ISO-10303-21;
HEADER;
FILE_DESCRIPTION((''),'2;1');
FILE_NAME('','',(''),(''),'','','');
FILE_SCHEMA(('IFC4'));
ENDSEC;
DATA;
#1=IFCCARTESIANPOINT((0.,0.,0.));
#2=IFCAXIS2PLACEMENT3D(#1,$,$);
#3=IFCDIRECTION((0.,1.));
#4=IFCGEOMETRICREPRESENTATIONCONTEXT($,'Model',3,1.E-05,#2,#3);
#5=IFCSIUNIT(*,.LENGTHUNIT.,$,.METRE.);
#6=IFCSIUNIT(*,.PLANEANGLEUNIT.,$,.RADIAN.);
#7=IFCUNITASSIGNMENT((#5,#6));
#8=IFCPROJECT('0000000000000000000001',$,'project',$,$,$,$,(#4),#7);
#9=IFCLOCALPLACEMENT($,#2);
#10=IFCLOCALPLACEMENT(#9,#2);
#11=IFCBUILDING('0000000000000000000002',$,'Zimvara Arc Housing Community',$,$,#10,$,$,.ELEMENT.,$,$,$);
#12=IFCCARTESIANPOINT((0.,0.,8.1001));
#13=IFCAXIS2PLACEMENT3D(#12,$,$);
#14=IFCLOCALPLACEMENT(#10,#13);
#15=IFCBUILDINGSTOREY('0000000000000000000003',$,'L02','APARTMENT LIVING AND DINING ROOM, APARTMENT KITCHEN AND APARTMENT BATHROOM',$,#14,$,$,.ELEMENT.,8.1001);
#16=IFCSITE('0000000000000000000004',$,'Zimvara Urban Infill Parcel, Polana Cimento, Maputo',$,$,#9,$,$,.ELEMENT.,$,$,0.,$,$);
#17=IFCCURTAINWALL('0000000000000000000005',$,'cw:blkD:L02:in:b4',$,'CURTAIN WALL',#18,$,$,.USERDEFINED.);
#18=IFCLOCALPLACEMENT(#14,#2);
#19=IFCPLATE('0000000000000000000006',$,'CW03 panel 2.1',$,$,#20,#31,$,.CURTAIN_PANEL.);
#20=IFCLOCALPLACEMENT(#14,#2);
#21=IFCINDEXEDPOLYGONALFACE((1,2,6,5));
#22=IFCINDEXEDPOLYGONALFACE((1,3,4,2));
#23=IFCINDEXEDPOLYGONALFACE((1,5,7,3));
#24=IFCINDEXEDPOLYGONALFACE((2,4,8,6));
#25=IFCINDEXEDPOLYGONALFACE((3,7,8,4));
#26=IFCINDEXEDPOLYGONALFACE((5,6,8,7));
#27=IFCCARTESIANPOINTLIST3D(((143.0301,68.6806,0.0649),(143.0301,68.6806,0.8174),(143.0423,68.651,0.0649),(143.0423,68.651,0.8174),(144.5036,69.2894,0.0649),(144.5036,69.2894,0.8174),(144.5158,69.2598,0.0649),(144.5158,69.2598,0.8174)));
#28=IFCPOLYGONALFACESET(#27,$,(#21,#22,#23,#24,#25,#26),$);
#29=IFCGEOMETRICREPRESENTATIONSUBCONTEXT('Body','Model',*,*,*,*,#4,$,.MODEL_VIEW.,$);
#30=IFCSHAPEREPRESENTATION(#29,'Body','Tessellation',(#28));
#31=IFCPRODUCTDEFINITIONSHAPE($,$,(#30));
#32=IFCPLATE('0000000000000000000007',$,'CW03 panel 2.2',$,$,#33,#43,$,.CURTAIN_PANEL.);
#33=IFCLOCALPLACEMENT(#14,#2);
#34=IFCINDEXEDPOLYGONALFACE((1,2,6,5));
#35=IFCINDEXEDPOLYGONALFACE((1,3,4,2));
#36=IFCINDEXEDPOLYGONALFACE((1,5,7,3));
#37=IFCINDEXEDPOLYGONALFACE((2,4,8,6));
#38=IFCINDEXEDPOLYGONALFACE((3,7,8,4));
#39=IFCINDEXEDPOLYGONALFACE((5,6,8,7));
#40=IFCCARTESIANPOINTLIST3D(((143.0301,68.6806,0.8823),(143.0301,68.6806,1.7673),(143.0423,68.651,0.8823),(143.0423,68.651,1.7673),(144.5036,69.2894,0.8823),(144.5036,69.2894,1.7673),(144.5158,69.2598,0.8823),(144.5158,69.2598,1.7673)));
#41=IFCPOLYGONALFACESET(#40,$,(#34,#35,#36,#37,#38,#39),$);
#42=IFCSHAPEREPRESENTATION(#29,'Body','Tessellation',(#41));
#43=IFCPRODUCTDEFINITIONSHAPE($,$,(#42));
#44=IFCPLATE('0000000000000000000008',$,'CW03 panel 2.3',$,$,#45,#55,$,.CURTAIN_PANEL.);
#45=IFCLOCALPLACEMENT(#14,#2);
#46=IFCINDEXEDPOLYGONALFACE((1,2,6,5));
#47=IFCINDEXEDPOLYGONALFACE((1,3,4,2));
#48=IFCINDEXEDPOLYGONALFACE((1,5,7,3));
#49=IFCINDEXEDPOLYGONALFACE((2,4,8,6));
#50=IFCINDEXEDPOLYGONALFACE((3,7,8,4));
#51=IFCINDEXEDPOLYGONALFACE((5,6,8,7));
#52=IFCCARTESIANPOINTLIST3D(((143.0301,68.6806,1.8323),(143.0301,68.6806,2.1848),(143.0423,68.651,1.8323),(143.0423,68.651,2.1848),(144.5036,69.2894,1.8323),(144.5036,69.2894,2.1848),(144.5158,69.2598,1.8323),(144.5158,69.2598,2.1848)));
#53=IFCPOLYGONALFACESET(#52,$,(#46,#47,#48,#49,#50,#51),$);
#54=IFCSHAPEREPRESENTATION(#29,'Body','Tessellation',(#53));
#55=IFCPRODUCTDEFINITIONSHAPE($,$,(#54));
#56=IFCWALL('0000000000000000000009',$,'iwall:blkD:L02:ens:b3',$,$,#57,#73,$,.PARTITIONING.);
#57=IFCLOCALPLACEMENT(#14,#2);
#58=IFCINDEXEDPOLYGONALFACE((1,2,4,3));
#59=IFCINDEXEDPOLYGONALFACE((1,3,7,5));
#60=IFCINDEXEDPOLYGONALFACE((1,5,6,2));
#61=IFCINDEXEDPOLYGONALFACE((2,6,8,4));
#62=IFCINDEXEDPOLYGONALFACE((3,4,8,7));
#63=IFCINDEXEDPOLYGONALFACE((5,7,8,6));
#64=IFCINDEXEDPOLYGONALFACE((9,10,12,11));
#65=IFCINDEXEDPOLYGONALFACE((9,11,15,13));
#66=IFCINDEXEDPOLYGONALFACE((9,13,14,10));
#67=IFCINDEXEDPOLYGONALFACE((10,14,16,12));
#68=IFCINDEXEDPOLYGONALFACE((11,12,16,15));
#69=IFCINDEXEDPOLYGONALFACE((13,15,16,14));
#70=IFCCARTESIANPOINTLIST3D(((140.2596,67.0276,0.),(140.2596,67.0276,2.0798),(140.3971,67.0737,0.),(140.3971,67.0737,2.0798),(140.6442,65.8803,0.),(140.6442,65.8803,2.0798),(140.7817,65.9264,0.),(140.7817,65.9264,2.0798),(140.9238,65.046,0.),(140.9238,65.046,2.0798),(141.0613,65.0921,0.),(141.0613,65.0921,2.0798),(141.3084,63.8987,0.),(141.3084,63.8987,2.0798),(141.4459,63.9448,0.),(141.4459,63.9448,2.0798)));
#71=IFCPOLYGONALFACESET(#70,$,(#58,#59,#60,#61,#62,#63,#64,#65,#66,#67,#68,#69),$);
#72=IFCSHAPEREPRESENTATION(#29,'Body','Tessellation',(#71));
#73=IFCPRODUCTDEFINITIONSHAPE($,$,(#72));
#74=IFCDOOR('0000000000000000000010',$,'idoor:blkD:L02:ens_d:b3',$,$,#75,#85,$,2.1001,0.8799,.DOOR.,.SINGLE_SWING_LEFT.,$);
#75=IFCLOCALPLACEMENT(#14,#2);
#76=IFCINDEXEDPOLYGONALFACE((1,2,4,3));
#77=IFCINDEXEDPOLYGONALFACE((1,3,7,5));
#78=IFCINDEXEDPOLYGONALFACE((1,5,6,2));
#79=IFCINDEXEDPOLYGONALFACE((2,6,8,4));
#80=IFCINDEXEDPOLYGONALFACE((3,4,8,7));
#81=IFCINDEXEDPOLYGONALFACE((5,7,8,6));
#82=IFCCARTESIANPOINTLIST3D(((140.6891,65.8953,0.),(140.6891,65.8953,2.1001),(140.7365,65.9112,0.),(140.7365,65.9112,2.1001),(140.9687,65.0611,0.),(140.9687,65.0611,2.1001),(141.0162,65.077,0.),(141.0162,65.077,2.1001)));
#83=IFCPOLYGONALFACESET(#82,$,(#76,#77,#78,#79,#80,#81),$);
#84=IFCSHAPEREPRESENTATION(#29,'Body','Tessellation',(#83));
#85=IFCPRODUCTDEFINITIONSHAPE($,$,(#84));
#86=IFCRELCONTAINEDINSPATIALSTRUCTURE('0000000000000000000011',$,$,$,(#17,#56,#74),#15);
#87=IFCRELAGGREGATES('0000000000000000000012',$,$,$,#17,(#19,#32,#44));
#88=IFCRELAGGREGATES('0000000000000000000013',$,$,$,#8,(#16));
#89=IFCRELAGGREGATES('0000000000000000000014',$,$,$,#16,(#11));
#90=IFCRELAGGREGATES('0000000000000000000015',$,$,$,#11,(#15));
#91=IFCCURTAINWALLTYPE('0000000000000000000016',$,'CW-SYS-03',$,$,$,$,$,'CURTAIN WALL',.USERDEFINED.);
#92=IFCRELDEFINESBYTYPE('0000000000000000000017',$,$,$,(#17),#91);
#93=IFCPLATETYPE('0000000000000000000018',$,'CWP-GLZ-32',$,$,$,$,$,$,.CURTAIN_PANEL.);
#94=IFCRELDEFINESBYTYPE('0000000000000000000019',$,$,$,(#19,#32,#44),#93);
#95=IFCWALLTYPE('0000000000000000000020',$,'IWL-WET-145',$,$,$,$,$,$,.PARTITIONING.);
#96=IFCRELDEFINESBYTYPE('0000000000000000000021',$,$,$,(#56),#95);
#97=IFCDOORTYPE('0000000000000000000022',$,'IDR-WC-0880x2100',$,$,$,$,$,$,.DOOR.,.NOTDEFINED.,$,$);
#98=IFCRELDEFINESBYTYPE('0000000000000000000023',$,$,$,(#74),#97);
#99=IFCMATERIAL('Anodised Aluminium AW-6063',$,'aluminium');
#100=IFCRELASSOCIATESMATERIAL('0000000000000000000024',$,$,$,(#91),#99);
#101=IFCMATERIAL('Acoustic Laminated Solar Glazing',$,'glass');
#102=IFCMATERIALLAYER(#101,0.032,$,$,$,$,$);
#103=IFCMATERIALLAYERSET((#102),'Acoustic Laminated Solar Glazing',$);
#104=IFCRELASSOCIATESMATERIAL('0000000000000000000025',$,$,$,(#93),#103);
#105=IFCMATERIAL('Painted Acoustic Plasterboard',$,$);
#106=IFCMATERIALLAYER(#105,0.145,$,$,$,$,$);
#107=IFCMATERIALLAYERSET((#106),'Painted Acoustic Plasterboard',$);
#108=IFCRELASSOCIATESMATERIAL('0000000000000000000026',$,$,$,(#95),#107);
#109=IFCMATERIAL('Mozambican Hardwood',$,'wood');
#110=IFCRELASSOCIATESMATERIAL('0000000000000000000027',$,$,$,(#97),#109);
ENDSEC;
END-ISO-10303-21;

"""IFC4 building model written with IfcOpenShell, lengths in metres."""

from ifc_helpers import new_model, si_unit, direction, frame, frame_2d, origin, origin_2d, place, context, subcontext, project, spatial, rectangle, extrude, material, layer, layer_set, type_object, element, fill, aggregate, save


model = new_model("IFC4")

# Units and contexts
model_context = context("Model", 3, precision=1e-05, world=origin(), true_north=direction((0.0, 1.0)))
body_context = subcontext(model_context, "Body", "Model", "MODEL_VIEW")
ifc_project = project(units=[si_unit("LENGTHUNIT", "METRE"), si_unit("PLANEANGLEUNIT", "RADIAN")], contexts=[model_context])

# Site, building, storey
site_placement = place(None, origin())
site = spatial("IfcSite", under=ifc_project, at=site_placement, Name="Zimvara Urban Infill Parcel, Polana Cimento, Maputo", CompositionType="ELEMENT", RefElevation=0.0)
building_placement = place(site_placement, origin())
building = spatial("IfcBuilding", under=site, at=building_placement, Name="Zimvara Arc Housing Community", CompositionType="ELEMENT")
storey_placement = place(building_placement, frame((0.0, 0.0, 8.1001)))
storey = spatial("IfcBuildingStorey", under=building, at=storey_placement, Name="L02", Description="APARTMENT LIVING AND DINING ROOM, APARTMENT KITCHEN AND APARTMENT BATHROOM", CompositionType="ELEMENT", Elevation=8.1001)

# Curtain wall
ifc_material_1 = material(Name="Anodised Aluminium AW-6063", Category="aluminium")
curtain_wall_type_1 = type_object("IfcCurtainWallType", Name="CW-SYS-03", ElementType="CURTAIN WALL", PredefinedType="USERDEFINED", material=ifc_material_1)
curtain_wall_1_placement = place(storey_placement, origin())
curtain_wall_1 = element("IfcCurtainWall", 1, at=curtain_wall_1_placement, inside=storey, type_object=curtain_wall_type_1, Name="cw:blkD:L02:in:b4", ObjectType="CURTAIN WALL", PredefinedType="USERDEFINED")

# Plates
ifc_material_2 = material(Name="Acoustic Laminated Solar Glazing", Category="glass")
ifc_layer_1 = layer(ifc_material_2, 0.032)
ifc_layer_set_1 = layer_set([ifc_layer_1], Name="Acoustic Laminated Solar Glazing")
plate_type_1 = type_object("IfcPlateType", Name="CWP-GLZ-32", PredefinedType="CURTAIN_PANEL", material=ifc_layer_set_1)
plate_1_placement = place(storey_placement, frame((143.7729, 68.9702, 0.0649), z_axis=(0.0, 0.0, 1.0), x_axis=(0.924213, 0.381877, 0.0)))
plate_1 = element("IfcPlate", 2, at=plate_1_placement, type_object=plate_type_1, Name="CW03 panel 2.1", PredefinedType="CURTAIN_PANEL", context=body_context, shape_type="SweptSolid", body=[
    extrude(rectangle(XDim=1.5942, YDim=0.032, at=origin_2d()), origin(), (0.0, 0.0, 1.0), 0.7524),
])
plate_2_placement = place(storey_placement, frame((143.7729, 68.9702, 0.8823), z_axis=(0.0, 0.0, 1.0), x_axis=(0.924213, 0.381877, 0.0)))
plate_2 = element("IfcPlate", 3, at=plate_2_placement, type_object=plate_type_1, Name="CW03 panel 2.2", PredefinedType="CURTAIN_PANEL", context=body_context, shape_type="SweptSolid", body=[
    extrude(rectangle(XDim=1.5942, YDim=0.032, at=origin_2d()), origin(), (0.0, 0.0, 1.0), 0.885),
])
plate_3_placement = place(storey_placement, frame((143.7729, 68.9702, 1.8323), z_axis=(0.0, 0.0, 1.0), x_axis=(0.924213, 0.381877, 0.0)))
plate_3 = element("IfcPlate", 4, at=plate_3_placement, type_object=plate_type_1, Name="CW03 panel 2.3", PredefinedType="CURTAIN_PANEL", context=body_context, shape_type="SweptSolid", body=[
    extrude(rectangle(XDim=1.5942, YDim=0.032, at=origin_2d()), origin(), (0.0, 0.0, 1.0), 0.3525),
])
aggregate(curtain_wall_1, [plate_1, plate_2, plate_3])

# Wall, opening, door
ifc_material_3 = material(Name="Painted Acoustic Plasterboard")
ifc_layer_2 = layer(ifc_material_3, 0.145)
ifc_layer_set_2 = layer_set([ifc_layer_2], Name="Painted Acoustic Plasterboard")
wall_type = type_object("IfcWallType", Name="IWL-WET-145", PredefinedType="PARTITIONING", material=ifc_layer_set_2)
wall_placement = place(storey_placement, frame((140.3284, 67.0505, 0.0), z_axis=(0.0, 0.0, 1.0), x_axis=(0.317825, -0.948149, 0.0)))
wall = element("IfcWall", 5, at=wall_placement, inside=storey, type_object=wall_type, Name="iwall:blkD:L02:ens:b3", PredefinedType="PARTITIONING", context=body_context, shape_type="SweptSolid", body=[
    extrude(rectangle(XDim=3.3, YDim=0.145, at=frame_2d((1.6499, 0.0))), origin(), (0.0, 0.0, 1.0), 2.0798),
])
opening_placement = place(wall_placement, frame((1.21, 0.0, 0.0)))
opening = element("IfcOpeningElement", 6, at=opening_placement, cuts=wall, PredefinedType="OPENING", context=body_context, shape_type="SweptSolid", body=[
    extrude(rectangle(XDim=0.8799, YDim=2.1001, at=frame_2d((0.4399, 1.05))), frame((0.0, 0.0825, 0.0), z_axis=(0.0, -1.0, 0.0), x_axis=(1.0, 0.0, 0.0)), (0.0, 0.0, 1.0), 0.165),
])
ifc_material_4 = material(Name="Mozambican Hardwood", Category="wood")
door_type = type_object("IfcDoorType", Name="IDR-WC-0880x2100", OperationType="NOTDEFINED", PredefinedType="DOOR", material=ifc_material_4)
door_placement = place(opening_placement, origin())
door = element("IfcDoor", 7, at=door_placement, inside=storey, type_object=door_type, Name="idoor:blkD:L02:ens_d:b3", OperationType="SINGLE_SWING_LEFT", OverallHeight=2.1001, OverallWidth=0.8799, PredefinedType="DOOR", context=body_context, shape_type="SweptSolid", body=[
    extrude(rectangle(XDim=0.8799, YDim=2.1001, at=frame_2d((0.4399, 1.05))), frame((0.0, 0.0249, 0.0), z_axis=(0.0, -1.0, 0.0), x_axis=(1.0, 0.0, 0.0)), (0.0, 0.0, 1.0), 0.05),
])
fill(opening, door)

save(model, "model.ifc")
